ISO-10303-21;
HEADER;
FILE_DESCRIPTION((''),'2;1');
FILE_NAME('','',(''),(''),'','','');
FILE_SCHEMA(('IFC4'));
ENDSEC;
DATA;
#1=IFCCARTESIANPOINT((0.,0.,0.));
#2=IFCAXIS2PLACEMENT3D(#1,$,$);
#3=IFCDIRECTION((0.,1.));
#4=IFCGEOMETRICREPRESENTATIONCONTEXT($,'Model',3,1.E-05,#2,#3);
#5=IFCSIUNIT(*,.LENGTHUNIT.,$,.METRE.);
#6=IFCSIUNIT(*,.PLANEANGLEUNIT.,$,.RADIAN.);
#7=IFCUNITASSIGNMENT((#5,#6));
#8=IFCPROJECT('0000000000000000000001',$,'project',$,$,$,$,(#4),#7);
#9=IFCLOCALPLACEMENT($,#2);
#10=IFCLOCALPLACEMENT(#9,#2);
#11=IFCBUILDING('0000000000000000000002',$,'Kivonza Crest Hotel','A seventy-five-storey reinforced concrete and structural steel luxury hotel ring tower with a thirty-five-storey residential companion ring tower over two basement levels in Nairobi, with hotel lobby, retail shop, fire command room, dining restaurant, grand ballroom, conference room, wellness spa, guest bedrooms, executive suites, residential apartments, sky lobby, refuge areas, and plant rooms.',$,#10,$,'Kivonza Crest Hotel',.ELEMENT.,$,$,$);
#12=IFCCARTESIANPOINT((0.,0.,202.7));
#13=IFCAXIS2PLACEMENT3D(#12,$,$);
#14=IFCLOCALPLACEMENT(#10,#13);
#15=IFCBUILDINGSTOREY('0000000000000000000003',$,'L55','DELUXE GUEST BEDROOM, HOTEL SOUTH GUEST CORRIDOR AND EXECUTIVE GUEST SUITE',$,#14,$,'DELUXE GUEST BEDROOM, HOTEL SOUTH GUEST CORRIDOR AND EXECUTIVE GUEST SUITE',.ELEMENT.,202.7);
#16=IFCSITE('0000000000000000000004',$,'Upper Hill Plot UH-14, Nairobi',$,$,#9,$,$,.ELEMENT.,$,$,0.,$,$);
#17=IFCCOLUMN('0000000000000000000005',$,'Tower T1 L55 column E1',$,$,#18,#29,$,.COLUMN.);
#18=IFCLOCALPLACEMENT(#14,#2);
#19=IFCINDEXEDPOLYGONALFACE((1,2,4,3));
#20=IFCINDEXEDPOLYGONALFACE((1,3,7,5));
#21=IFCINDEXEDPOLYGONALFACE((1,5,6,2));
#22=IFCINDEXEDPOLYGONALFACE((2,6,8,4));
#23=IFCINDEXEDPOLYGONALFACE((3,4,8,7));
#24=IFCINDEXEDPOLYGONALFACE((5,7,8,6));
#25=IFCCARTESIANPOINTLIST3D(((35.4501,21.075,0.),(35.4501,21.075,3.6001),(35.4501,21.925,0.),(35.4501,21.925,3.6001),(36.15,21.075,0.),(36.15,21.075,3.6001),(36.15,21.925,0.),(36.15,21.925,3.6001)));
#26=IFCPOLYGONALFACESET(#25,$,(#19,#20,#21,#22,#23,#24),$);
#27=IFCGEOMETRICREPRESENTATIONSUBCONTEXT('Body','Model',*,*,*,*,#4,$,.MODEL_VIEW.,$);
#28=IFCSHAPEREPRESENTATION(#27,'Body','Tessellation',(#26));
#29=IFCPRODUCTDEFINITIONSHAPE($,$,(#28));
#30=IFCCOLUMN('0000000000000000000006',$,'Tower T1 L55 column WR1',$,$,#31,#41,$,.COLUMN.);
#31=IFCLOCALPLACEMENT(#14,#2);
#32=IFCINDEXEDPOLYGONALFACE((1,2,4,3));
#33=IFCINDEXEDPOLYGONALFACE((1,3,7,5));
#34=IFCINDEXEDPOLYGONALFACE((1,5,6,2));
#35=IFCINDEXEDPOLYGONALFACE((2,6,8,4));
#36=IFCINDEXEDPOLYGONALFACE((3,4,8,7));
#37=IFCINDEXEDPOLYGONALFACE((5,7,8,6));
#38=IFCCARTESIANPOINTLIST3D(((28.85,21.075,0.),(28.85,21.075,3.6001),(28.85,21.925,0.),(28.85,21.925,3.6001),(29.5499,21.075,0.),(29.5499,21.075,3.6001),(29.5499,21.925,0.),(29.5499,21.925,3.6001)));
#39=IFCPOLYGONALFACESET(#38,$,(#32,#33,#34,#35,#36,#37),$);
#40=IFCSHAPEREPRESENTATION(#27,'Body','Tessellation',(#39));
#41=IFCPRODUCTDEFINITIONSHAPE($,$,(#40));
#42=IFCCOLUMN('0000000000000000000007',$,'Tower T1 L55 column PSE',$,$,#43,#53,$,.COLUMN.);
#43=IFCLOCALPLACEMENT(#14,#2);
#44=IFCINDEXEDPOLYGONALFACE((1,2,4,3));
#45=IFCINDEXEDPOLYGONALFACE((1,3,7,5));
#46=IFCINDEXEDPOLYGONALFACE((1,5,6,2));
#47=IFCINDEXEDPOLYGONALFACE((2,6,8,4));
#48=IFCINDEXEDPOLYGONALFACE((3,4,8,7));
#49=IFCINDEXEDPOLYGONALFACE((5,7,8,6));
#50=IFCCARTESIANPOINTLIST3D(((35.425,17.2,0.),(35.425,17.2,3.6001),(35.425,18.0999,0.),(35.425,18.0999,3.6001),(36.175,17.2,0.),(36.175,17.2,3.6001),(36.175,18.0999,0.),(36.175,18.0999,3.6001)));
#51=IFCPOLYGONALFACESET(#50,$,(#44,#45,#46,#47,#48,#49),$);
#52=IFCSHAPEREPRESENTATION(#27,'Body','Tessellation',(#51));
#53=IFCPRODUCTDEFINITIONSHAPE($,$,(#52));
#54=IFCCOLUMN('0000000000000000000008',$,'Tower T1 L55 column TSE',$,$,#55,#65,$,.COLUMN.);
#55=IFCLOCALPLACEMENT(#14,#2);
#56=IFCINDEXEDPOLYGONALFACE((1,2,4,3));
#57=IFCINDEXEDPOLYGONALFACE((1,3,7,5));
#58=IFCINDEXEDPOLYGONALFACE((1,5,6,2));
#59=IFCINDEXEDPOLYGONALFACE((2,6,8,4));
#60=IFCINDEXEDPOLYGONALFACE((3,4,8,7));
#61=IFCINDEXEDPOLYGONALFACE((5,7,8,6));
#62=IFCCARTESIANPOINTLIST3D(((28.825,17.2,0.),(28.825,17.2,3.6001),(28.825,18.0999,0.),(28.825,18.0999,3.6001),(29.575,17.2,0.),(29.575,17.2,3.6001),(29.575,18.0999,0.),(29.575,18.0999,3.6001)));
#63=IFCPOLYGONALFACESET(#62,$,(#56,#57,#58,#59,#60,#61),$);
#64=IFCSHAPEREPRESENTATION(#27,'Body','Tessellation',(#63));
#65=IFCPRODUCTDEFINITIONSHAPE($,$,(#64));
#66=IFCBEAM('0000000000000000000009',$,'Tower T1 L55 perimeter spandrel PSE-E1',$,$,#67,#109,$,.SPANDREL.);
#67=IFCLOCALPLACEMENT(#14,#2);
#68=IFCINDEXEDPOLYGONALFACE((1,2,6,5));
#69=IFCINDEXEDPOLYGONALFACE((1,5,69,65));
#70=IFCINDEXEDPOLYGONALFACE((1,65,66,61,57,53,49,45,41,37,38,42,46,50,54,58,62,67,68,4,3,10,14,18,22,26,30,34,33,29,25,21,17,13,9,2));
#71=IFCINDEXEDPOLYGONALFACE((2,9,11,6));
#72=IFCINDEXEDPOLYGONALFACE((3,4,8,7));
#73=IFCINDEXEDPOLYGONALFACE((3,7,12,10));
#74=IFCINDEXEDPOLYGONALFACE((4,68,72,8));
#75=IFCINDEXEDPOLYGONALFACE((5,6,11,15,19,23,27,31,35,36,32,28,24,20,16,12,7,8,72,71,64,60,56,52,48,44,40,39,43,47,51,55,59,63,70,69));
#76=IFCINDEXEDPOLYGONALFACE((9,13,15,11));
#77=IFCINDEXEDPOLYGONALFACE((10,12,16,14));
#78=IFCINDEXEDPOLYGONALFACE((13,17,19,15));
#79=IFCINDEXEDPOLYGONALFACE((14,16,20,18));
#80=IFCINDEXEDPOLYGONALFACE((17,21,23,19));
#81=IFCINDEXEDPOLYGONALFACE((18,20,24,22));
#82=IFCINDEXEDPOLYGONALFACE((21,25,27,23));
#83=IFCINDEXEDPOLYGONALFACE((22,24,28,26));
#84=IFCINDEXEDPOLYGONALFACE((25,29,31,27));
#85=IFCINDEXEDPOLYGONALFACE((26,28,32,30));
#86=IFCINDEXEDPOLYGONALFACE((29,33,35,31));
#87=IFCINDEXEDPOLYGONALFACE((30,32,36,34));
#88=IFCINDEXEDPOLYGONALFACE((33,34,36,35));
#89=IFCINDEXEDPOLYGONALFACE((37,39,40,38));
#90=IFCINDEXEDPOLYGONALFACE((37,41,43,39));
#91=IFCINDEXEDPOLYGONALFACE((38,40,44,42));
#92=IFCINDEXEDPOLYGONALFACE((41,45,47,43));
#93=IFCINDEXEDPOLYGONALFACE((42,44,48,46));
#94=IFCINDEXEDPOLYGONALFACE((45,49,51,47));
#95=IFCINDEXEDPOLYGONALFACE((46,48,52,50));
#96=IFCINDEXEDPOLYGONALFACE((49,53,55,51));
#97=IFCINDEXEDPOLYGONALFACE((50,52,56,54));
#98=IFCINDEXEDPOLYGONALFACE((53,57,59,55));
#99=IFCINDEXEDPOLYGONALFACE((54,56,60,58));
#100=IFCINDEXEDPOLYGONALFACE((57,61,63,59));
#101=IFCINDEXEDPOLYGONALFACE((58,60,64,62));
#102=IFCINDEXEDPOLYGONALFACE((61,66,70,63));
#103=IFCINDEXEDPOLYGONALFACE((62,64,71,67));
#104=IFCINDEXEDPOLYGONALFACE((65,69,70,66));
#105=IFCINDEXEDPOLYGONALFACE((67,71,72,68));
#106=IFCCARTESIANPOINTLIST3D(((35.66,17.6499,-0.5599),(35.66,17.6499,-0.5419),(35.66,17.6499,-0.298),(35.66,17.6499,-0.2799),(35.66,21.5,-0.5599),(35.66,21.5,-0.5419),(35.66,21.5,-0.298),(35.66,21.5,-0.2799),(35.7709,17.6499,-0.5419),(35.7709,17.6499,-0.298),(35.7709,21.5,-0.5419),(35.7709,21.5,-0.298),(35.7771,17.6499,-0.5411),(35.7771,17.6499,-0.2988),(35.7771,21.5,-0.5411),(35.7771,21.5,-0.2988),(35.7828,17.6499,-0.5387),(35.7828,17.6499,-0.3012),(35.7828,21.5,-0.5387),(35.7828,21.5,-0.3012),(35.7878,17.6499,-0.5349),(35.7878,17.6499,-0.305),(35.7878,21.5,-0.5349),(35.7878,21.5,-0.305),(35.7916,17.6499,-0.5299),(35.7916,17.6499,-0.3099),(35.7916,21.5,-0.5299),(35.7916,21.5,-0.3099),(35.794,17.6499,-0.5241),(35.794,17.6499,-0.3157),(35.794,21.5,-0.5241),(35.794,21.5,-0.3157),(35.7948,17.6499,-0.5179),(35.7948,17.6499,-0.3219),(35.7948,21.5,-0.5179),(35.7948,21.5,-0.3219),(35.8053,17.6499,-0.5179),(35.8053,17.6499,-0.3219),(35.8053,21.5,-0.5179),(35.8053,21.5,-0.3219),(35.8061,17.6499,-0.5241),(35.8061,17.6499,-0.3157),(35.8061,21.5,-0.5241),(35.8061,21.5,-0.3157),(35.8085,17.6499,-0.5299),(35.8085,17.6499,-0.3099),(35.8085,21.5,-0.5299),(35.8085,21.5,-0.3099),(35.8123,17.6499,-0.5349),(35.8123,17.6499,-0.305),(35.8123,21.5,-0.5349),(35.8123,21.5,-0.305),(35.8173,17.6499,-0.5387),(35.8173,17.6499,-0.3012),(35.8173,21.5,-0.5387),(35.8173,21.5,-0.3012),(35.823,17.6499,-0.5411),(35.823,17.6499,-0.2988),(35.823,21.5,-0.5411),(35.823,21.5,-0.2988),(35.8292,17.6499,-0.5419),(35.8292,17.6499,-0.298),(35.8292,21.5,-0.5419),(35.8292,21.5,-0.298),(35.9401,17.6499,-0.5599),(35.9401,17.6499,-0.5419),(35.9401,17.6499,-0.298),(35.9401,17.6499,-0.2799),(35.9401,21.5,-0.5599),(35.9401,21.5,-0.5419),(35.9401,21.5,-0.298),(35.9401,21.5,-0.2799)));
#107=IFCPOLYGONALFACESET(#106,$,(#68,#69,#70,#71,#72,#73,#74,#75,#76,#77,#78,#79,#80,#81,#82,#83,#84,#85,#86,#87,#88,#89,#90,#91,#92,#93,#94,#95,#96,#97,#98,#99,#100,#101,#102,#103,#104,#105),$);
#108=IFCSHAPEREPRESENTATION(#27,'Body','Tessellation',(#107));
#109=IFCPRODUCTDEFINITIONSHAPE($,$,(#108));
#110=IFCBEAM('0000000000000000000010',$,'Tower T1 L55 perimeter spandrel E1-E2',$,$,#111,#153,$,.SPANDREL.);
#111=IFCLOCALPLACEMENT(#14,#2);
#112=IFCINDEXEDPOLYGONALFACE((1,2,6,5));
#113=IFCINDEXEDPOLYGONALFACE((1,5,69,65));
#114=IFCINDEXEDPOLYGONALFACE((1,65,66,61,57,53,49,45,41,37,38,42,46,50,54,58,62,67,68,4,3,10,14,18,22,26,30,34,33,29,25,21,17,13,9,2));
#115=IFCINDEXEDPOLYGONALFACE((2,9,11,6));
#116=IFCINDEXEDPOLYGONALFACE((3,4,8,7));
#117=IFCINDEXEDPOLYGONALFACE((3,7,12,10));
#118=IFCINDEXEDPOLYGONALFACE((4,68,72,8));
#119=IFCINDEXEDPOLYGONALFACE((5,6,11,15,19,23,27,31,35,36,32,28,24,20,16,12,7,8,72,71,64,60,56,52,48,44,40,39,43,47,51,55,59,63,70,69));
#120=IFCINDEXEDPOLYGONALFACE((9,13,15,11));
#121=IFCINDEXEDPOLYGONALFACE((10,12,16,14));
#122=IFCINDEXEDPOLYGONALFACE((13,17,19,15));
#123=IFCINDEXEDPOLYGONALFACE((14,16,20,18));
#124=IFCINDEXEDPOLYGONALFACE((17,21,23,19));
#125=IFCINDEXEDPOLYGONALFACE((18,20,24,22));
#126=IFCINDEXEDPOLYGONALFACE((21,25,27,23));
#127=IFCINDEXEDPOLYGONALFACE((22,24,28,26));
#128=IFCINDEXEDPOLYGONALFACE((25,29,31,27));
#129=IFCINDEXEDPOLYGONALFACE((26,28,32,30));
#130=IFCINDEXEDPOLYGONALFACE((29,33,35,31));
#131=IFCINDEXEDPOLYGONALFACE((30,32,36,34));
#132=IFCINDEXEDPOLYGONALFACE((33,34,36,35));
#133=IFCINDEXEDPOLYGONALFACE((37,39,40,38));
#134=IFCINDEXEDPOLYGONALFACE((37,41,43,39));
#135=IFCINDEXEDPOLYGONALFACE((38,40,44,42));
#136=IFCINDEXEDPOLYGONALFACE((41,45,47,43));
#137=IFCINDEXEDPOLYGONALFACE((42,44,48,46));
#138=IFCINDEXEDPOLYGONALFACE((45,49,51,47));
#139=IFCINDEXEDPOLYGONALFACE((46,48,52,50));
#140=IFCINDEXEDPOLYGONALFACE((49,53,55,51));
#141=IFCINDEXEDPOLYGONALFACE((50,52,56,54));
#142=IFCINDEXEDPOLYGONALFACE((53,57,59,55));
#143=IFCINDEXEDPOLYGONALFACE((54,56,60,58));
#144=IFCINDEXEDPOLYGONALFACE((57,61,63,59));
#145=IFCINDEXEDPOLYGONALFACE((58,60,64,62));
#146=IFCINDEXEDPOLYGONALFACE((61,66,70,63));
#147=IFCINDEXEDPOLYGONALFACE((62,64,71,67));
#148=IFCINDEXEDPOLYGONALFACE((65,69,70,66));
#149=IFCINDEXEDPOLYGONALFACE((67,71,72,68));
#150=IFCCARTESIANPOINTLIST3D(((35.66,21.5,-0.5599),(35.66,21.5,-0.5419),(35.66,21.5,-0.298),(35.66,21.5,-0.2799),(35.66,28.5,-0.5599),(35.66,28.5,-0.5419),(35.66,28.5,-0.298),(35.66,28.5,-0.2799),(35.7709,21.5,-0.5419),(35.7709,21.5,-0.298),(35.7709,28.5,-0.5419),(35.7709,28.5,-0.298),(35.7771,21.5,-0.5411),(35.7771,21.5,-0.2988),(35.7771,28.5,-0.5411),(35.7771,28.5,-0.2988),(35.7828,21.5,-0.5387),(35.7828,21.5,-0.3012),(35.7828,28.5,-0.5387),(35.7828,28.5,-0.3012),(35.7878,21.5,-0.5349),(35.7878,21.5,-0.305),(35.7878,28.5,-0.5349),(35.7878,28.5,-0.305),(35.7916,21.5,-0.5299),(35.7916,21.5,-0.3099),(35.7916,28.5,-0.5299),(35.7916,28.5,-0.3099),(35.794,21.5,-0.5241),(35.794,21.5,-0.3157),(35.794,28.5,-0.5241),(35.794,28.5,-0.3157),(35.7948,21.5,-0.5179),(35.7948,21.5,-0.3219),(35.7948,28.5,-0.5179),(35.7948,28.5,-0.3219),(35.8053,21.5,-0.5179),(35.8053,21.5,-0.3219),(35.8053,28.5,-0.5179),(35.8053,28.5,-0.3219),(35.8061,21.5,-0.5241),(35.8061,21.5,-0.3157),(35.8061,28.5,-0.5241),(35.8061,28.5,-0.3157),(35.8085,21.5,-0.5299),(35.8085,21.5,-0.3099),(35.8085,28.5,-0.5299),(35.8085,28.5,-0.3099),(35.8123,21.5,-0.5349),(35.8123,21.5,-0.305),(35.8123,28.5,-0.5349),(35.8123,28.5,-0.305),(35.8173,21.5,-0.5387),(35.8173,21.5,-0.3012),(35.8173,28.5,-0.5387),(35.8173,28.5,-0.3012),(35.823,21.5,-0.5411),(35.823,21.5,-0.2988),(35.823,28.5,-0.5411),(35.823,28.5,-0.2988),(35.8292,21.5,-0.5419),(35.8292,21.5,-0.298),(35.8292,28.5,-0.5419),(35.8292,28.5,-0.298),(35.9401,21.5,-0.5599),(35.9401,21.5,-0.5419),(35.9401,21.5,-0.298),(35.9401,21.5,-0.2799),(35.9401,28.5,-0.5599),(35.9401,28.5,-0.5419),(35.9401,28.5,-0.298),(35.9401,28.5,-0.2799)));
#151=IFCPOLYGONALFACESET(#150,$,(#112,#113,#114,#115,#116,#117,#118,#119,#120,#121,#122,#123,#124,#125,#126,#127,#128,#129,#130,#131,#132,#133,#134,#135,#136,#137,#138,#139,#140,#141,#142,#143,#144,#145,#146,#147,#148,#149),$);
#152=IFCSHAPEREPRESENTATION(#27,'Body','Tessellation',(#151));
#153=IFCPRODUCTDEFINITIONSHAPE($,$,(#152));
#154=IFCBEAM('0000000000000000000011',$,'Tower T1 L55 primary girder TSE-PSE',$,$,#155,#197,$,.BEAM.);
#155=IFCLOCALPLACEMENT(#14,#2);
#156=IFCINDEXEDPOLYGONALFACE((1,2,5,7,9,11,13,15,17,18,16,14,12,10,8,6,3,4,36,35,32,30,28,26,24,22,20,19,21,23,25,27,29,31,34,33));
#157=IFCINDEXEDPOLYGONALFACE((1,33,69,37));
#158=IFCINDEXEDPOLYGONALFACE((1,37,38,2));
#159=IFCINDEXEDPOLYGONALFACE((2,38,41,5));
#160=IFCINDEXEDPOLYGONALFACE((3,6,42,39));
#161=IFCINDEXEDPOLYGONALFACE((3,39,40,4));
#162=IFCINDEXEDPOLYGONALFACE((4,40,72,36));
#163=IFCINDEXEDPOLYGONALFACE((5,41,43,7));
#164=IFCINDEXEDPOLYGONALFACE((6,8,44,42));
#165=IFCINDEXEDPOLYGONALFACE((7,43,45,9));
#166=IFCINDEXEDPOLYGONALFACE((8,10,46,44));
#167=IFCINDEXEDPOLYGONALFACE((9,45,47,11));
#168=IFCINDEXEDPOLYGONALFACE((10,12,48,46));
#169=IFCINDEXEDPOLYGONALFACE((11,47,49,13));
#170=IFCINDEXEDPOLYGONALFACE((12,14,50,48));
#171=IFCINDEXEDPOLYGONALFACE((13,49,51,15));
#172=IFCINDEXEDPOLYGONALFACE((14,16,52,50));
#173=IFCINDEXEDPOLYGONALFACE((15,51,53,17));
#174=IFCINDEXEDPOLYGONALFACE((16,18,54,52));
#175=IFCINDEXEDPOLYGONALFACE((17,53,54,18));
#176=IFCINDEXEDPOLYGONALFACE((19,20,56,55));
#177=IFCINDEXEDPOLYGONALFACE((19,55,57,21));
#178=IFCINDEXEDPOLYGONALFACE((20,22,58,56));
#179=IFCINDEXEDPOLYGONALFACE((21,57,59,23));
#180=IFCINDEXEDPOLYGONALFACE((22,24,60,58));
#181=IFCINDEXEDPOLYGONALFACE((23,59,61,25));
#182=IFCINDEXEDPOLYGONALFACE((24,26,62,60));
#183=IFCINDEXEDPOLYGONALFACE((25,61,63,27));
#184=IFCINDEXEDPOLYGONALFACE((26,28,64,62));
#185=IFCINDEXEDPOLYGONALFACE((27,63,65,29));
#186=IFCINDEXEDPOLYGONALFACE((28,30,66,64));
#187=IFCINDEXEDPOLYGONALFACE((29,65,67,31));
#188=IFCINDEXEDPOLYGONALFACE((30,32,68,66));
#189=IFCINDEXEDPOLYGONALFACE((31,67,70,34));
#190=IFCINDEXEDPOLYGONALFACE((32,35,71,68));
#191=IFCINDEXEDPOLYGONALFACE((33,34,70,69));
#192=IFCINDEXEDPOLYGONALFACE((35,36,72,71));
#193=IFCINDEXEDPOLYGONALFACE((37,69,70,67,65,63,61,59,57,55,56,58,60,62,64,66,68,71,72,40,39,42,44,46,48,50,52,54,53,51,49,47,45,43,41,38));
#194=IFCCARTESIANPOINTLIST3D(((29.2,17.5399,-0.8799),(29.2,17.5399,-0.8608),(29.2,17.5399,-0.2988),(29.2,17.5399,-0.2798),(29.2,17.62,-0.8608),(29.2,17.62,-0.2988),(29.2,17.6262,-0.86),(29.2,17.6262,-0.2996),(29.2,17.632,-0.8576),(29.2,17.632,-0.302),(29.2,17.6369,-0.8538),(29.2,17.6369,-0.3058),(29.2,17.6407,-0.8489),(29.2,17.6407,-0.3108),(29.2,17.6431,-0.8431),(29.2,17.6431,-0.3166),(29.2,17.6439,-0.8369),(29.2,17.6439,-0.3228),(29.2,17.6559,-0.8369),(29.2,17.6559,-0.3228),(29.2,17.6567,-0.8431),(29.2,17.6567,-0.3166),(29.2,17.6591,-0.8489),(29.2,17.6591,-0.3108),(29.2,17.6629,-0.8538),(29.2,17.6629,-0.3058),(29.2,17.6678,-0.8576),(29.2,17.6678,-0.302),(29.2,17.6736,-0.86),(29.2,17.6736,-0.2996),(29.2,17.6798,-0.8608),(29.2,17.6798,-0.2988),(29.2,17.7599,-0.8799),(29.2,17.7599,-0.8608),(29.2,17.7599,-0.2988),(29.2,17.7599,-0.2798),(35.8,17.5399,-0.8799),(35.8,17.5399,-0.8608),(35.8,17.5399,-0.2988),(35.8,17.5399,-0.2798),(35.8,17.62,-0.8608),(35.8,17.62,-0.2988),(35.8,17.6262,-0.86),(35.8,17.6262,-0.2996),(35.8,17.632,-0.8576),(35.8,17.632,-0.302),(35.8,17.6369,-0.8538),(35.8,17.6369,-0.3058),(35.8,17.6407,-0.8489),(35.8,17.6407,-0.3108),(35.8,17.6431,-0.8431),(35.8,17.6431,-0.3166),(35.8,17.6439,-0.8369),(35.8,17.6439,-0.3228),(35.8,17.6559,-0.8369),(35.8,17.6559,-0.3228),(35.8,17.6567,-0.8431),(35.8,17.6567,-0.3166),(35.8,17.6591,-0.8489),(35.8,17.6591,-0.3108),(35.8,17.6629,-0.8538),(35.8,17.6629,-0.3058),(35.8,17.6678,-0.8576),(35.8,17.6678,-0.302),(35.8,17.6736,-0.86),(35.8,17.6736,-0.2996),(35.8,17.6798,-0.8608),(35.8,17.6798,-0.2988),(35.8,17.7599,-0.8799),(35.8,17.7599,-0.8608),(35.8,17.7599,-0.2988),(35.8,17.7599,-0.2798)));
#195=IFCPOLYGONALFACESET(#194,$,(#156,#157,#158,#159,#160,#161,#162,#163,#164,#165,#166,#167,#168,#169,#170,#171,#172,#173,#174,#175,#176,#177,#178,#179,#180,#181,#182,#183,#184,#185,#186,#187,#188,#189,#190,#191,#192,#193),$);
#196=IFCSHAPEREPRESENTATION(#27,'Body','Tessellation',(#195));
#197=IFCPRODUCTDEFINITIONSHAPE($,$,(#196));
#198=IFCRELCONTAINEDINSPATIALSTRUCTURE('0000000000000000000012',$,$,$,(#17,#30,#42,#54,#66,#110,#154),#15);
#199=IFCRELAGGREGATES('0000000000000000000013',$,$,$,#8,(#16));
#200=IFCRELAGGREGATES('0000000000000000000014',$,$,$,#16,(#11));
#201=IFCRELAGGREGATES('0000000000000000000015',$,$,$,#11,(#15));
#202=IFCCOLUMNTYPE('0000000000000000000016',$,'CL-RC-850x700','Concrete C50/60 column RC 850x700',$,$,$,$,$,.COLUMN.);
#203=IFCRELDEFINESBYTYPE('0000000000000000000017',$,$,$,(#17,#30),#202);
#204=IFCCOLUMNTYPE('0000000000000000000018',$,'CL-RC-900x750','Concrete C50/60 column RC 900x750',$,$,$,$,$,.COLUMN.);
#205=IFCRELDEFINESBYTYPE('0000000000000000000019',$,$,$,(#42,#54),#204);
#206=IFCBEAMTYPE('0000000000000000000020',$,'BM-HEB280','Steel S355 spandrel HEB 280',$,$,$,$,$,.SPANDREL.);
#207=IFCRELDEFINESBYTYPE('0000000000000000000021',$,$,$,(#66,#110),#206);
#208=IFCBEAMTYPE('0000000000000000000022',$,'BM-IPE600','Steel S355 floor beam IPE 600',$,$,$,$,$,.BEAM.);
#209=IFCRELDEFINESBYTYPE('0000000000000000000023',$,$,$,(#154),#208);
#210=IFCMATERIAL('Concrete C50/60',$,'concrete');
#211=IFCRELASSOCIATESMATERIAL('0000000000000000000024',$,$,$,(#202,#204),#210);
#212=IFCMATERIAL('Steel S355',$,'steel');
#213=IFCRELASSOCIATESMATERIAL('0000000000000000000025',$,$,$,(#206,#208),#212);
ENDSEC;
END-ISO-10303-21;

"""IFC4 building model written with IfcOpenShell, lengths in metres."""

from ifc_helpers import new_model, si_unit, direction, frame, origin, origin_2d, place, context, subcontext, project, spatial, rectangle, i_section, extrude, material, material_profile, profile_set, type_object, element, save


model = new_model("IFC4")

# Units and contexts
model_context = context("Model", 3, precision=1e-05, world=origin(), true_north=direction((0.0, 1.0)))
body_context = subcontext(model_context, "Body", "Model", "MODEL_VIEW")
ifc_project = project(units=[si_unit("LENGTHUNIT", "METRE"), si_unit("PLANEANGLEUNIT", "RADIAN")], contexts=[model_context])

# Site, building, storey
site_placement = place(None, origin())
site = spatial("IfcSite", under=ifc_project, at=site_placement, Name="Upper Hill Plot UH-14, Nairobi", CompositionType="ELEMENT", RefElevation=0.0)
building_placement = place(site_placement, origin())
building = spatial("IfcBuilding", under=site, at=building_placement, Name="Kivonza Crest Hotel", Description="A seventy-five-storey reinforced concrete and structural steel luxury hotel ring tower with a thirty-five-storey residential companion ring tower over two basement levels in Nairobi, with hotel lobby, retail shop, fire command room, dining restaurant, grand ballroom, conference room, wellness spa, guest bedrooms, executive suites, residential apartments, sky lobby, refuge areas, and plant rooms.", LongName="Kivonza Crest Hotel", CompositionType="ELEMENT")
storey_placement = place(building_placement, frame((0.0, 0.0, 202.7)))
storey = spatial("IfcBuildingStorey", under=building, at=storey_placement, Name="L55", Description="DELUXE GUEST BEDROOM, HOTEL SOUTH GUEST CORRIDOR AND EXECUTIVE GUEST SUITE", LongName="DELUXE GUEST BEDROOM, HOTEL SOUTH GUEST CORRIDOR AND EXECUTIVE GUEST SUITE", CompositionType="ELEMENT", Elevation=202.7)

# Columns
ifc_material_1 = material(Name="Concrete C50/60", Category="concrete")
ifc_material_profile_1 = material_profile(ifc_material_1, rectangle(XDim=0.7, YDim=0.8501, at=origin_2d()), Name="RC 850x700")
ifc_profile_set_1 = profile_set([ifc_material_profile_1], Name="Concrete C50/60")
column_type_1 = type_object("IfcColumnType", Name="CL-RC-850x700", Description="Concrete C50/60 column RC 850x700", PredefinedType="COLUMN", material=ifc_profile_set_1)
for number, where, z_axis, x_axis, name in (
    (1, (35.8, 21.5, 0.0), (0.0, 0.0, 1.0), (1.0, 0.0, 0.0), "Tower T1 L55 column E1"),
    (2, (29.2, 21.5, 0.0), (0.0, 0.0, 1.0), (1.0, 0.0, 0.0), "Tower T1 L55 column WR1"),
):
    element("IfcColumn", number, at=place(storey_placement, frame(where, z_axis=z_axis, x_axis=x_axis)), inside=storey, type_object=column_type_1, Name=name, PredefinedType="COLUMN", context=body_context, shape_type="SweptSolid", body=[
        extrude(rectangle(XDim=0.7, YDim=0.8501, at=origin_2d()), origin(), (0.0, 0.0, 1.0), 3.6001),
    ])
ifc_material_profile_2 = material_profile(ifc_material_1, rectangle(XDim=0.75, YDim=0.8999, at=origin_2d()), Name="RC 900x750")
ifc_profile_set_2 = profile_set([ifc_material_profile_2], Name="Concrete C50/60")
column_type_2 = type_object("IfcColumnType", Name="CL-RC-900x750", Description="Concrete C50/60 column RC 900x750", PredefinedType="COLUMN", material=ifc_profile_set_2)
for number, where, z_axis, x_axis, name in (
    (3, (35.8, 17.6499, 0.0), (0.0, 0.0, 1.0), (1.0, 0.0, 0.0), "Tower T1 L55 column PSE"),
    (4, (29.2, 17.6499, 0.0), (0.0, 0.0, 1.0), (1.0, 0.0, 0.0), "Tower T1 L55 column TSE"),
):
    element("IfcColumn", number, at=place(storey_placement, frame(where, z_axis=z_axis, x_axis=x_axis)), inside=storey, type_object=column_type_2, Name=name, PredefinedType="COLUMN", context=body_context, shape_type="SweptSolid", body=[
        extrude(rectangle(XDim=0.75, YDim=0.8999, at=origin_2d()), origin(), (0.0, 0.0, 1.0), 3.6001),
    ])

# Beams
ifc_material_2 = material(Name="Steel S355", Category="steel")
ifc_material_profile_3 = material_profile(ifc_material_2, i_section(OverallWidth=0.28, OverallDepth=0.28, WebThickness=0.0105, FlangeThickness=0.0181, FilletRadius=0.0239, at=origin_2d()), Name="HEB 280")
ifc_profile_set_3 = profile_set([ifc_material_profile_3], Name="Steel S355")
beam_type_1 = type_object("IfcBeamType", Name="BM-HEB280", Description="Steel S355 spandrel HEB 280", PredefinedType="SPANDREL", material=ifc_profile_set_3)
beam_1_placement = place(storey_placement, frame((35.8, 17.6499, -0.4199), z_axis=(0.0, 1.0, 0.0), x_axis=(-1.0, 0.0, 0.0)))
element("IfcBeam", 5, at=beam_1_placement, inside=storey, type_object=beam_type_1, Name="Tower T1 L55 perimeter spandrel PSE-E1", PredefinedType="SPANDREL", context=body_context, shape_type="SweptSolid", body=[
    extrude(i_section(OverallWidth=0.28, OverallDepth=0.28, WebThickness=0.0105, FlangeThickness=0.0181, FilletRadius=0.0239, at=origin_2d()), origin(), (0.0, 0.0, 1.0), 3.8501),
])
beam_2_placement = place(storey_placement, frame((35.8, 21.5, -0.4199), z_axis=(0.0, 1.0, 0.0), x_axis=(-1.0, 0.0, 0.0)))
element("IfcBeam", 6, at=beam_2_placement, inside=storey, type_object=beam_type_1, Name="Tower T1 L55 perimeter spandrel E1-E2", PredefinedType="SPANDREL", context=body_context, shape_type="SweptSolid", body=[
    extrude(i_section(OverallWidth=0.28, OverallDepth=0.28, WebThickness=0.0105, FlangeThickness=0.0181, FilletRadius=0.0239, at=origin_2d()), origin(), (0.0, 0.0, 1.0), 7.0),
])
ifc_material_profile_4 = material_profile(ifc_material_2, i_section(OverallWidth=0.22, OverallDepth=0.6001, WebThickness=0.012, FlangeThickness=0.019, FilletRadius=0.0239, at=origin_2d()), Name="IPE 600")
ifc_profile_set_4 = profile_set([ifc_material_profile_4], Name="Steel S355")
beam_type_2 = type_object("IfcBeamType", Name="BM-IPE600", Description="Steel S355 floor beam IPE 600", PredefinedType="BEAM", material=ifc_profile_set_4)
beam_3_placement = place(storey_placement, frame((29.2, 17.6499, -0.5798), z_axis=(1.0, 0.0, 0.0), x_axis=(0.0, 1.0, 0.0)))
element("IfcBeam", 7, at=beam_3_placement, inside=storey, type_object=beam_type_2, Name="Tower T1 L55 primary girder TSE-PSE", PredefinedType="BEAM", context=body_context, shape_type="SweptSolid", body=[
    extrude(i_section(OverallWidth=0.22, OverallDepth=0.6001, WebThickness=0.012, FlangeThickness=0.019, FilletRadius=0.0239, at=origin_2d()), origin(), (0.0, 0.0, 1.0), 6.6001),
])

save(model, "model.ifc")
